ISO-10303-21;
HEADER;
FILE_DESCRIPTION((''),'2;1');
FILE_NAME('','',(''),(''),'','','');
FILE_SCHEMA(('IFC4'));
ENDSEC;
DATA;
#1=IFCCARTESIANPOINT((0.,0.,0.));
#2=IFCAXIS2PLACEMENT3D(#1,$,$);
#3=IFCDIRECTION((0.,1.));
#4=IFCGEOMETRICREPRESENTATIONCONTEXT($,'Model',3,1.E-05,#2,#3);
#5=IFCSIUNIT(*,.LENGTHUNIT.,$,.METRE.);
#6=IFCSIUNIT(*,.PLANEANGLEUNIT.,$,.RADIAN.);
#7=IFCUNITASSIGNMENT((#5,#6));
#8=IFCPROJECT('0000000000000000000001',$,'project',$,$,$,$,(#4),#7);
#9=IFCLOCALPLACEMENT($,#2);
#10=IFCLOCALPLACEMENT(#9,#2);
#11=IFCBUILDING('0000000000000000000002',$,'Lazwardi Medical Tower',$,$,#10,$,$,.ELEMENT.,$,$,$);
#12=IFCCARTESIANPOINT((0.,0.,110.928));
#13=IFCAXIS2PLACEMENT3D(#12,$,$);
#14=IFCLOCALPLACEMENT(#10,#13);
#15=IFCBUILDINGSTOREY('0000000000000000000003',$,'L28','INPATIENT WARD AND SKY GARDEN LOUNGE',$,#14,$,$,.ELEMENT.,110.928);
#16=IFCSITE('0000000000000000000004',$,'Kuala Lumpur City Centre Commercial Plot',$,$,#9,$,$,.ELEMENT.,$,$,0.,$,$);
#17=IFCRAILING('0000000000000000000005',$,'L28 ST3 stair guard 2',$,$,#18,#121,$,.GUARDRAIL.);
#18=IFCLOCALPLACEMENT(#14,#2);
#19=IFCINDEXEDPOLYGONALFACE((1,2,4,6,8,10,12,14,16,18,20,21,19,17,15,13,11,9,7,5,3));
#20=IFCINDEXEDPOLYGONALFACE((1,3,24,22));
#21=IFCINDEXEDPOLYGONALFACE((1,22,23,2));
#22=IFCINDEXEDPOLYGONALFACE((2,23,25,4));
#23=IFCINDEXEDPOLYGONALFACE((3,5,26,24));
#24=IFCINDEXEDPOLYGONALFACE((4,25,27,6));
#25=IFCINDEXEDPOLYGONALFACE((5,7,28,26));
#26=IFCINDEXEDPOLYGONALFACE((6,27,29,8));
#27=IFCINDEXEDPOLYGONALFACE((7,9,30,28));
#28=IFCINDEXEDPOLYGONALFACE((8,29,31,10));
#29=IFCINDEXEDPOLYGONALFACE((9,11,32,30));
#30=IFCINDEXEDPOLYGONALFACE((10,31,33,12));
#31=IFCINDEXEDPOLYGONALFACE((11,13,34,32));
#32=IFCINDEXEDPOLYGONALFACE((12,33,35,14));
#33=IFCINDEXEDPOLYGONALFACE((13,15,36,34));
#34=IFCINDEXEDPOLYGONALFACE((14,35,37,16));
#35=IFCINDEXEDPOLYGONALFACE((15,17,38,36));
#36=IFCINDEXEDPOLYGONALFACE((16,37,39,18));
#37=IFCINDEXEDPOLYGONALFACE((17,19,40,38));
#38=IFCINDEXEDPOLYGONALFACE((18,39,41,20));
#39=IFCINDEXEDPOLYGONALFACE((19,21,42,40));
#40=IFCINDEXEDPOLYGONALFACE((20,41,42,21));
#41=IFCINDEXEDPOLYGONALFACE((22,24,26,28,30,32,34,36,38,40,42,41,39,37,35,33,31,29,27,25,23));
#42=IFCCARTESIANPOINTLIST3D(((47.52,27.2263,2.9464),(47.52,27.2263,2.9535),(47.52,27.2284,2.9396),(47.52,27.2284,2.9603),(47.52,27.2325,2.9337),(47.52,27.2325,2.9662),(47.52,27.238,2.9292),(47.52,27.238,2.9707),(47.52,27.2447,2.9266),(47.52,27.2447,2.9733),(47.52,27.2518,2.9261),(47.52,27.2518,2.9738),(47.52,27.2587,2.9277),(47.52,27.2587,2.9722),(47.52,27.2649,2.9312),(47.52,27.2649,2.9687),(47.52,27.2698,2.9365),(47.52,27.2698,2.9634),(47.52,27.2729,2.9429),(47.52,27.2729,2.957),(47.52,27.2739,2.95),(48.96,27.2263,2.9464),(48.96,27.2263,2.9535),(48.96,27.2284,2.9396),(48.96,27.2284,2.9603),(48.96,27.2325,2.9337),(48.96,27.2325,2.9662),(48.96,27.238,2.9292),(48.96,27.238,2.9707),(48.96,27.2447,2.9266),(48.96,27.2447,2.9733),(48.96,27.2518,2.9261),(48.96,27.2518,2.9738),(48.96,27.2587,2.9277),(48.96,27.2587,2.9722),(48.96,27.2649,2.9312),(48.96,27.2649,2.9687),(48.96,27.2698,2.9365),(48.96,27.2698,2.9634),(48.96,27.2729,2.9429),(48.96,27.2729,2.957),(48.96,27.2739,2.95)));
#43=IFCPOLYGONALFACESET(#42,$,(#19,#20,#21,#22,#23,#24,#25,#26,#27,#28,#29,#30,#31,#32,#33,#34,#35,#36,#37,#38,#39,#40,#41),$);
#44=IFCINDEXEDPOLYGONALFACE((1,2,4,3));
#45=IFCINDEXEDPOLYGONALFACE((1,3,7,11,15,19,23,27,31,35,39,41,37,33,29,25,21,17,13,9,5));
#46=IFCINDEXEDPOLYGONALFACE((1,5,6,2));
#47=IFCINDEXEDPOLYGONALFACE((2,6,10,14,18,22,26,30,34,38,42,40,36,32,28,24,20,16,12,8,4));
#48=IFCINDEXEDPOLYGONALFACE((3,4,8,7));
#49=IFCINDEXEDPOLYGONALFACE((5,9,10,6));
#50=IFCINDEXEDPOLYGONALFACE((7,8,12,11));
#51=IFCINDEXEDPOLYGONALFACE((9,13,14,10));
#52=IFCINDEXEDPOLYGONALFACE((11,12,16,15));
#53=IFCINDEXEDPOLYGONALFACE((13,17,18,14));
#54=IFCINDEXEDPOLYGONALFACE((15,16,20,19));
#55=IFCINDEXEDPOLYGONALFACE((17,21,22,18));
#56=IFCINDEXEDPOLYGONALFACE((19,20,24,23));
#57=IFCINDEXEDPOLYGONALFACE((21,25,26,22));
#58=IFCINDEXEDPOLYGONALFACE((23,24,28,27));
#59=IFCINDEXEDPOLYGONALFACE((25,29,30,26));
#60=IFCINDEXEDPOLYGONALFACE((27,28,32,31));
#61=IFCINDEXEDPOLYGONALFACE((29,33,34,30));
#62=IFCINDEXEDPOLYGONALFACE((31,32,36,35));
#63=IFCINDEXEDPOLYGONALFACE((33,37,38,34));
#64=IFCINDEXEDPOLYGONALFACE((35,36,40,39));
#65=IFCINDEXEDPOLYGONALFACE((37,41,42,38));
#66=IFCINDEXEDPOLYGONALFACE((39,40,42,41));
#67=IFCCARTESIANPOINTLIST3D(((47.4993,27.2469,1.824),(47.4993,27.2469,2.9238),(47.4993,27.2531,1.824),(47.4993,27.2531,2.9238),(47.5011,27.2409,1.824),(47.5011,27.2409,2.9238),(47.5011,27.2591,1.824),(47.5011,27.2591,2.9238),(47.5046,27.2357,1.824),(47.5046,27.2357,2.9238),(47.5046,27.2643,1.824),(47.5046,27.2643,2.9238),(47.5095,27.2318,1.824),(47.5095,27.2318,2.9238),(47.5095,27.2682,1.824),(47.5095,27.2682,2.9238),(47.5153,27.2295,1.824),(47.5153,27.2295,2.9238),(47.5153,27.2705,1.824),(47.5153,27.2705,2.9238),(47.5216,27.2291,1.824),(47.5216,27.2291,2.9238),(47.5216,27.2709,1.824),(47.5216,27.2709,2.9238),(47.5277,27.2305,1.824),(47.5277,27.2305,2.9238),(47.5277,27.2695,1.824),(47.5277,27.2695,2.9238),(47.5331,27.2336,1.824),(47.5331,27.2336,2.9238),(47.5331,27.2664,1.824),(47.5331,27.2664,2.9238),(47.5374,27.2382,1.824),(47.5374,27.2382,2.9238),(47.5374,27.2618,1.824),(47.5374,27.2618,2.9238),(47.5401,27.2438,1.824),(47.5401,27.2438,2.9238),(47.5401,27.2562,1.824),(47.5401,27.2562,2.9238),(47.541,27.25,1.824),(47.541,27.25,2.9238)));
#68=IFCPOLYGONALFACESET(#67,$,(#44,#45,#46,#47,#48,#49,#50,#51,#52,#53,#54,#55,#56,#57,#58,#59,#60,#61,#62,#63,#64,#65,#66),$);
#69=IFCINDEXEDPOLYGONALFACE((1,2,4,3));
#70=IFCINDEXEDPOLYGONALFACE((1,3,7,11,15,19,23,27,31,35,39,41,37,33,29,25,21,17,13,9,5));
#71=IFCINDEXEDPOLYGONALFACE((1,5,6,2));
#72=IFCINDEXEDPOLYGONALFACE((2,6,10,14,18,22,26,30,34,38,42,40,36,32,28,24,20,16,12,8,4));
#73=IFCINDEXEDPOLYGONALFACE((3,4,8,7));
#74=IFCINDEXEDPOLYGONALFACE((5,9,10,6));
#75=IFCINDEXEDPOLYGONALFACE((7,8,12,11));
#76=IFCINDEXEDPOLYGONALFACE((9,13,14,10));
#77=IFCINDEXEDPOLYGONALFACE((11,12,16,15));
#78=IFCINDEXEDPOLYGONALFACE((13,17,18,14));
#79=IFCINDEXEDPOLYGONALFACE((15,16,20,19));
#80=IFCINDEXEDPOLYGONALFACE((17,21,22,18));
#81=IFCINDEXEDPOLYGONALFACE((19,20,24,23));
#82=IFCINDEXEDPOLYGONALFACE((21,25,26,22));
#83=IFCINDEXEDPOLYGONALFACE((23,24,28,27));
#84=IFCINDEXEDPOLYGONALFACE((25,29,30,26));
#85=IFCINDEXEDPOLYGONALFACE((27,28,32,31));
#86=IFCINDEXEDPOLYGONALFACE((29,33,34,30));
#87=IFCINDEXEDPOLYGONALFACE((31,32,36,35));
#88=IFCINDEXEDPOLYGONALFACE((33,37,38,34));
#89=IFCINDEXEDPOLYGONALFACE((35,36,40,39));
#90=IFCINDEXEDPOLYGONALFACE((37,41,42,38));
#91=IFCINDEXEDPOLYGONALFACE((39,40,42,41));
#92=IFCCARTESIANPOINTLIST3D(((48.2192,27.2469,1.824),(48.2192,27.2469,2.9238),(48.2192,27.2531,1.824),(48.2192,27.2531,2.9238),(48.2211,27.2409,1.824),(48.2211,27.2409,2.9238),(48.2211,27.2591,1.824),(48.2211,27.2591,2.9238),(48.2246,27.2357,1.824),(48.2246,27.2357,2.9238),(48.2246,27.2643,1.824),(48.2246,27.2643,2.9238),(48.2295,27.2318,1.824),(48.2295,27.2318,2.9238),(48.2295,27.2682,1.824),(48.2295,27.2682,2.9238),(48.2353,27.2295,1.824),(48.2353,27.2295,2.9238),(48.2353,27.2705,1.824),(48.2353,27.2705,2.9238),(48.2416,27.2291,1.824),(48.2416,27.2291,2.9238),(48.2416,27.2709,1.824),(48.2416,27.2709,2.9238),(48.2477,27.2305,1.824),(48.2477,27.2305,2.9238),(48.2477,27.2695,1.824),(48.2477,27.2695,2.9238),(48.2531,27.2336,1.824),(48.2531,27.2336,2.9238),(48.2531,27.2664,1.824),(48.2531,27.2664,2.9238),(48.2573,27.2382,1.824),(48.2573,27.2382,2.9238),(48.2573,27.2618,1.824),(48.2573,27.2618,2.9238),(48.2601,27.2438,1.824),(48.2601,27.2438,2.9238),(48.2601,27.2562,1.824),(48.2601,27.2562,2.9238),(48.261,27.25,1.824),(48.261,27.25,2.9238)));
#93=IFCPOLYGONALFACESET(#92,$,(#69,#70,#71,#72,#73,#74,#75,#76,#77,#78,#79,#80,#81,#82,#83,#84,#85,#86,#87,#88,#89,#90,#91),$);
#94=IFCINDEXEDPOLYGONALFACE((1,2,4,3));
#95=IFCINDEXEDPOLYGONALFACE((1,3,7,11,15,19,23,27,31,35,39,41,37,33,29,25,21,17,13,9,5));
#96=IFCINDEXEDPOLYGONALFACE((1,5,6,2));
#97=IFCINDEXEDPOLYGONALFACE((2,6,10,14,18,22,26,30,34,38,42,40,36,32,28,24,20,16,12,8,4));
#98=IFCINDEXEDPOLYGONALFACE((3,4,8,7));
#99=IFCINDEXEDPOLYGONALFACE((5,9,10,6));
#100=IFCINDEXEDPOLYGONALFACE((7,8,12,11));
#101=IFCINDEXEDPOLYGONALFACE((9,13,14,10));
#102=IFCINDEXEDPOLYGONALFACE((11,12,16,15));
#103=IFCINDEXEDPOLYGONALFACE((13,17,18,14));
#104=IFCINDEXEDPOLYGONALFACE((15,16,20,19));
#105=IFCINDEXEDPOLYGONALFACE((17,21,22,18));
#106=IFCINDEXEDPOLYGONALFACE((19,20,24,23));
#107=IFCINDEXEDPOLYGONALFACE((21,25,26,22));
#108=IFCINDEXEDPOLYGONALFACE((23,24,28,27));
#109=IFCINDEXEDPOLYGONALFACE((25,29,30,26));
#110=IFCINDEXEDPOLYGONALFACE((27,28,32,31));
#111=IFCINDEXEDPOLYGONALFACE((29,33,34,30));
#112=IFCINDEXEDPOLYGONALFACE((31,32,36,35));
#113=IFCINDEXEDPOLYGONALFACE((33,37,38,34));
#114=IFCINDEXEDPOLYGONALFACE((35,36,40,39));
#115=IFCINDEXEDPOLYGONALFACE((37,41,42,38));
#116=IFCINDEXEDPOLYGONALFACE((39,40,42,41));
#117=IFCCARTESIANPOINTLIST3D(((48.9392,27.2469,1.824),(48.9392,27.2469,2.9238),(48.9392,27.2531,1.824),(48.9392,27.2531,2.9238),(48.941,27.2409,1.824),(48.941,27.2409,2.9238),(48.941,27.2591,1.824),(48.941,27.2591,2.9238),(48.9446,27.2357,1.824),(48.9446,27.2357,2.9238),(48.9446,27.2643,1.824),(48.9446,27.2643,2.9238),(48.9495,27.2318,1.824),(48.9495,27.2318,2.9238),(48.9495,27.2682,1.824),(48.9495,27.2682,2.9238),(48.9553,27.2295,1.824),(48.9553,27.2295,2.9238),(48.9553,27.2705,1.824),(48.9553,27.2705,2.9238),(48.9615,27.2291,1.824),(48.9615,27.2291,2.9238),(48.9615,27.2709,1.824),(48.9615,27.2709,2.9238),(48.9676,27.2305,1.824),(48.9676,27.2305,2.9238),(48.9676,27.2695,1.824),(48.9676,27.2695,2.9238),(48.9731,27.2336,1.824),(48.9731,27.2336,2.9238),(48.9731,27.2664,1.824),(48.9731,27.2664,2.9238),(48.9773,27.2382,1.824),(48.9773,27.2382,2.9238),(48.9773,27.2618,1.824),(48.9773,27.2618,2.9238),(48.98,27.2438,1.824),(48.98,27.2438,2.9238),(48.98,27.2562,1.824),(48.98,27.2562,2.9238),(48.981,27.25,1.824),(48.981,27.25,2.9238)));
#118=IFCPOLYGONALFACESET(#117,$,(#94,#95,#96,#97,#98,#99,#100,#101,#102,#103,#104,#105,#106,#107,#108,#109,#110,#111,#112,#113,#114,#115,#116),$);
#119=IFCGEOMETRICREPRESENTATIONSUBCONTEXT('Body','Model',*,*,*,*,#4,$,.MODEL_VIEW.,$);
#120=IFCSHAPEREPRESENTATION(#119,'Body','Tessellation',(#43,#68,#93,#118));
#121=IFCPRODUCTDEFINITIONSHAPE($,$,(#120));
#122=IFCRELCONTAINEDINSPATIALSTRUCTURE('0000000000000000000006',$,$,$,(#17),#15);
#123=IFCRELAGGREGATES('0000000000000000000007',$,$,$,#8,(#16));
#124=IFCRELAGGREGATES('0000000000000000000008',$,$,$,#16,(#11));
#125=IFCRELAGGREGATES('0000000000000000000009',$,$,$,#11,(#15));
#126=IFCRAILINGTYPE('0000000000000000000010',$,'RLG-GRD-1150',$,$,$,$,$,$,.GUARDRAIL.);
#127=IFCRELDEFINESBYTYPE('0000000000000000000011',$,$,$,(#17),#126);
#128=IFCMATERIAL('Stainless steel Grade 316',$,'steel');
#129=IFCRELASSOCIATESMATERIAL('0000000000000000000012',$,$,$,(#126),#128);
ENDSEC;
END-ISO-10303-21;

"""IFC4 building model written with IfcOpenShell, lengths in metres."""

from ifc_helpers import new_model, si_unit, direction, frame, origin, origin_2d, place, context, subcontext, project, spatial, circle, extrude, material, type_object, element, save


model = new_model("IFC4")

# Units and contexts
model_context = context("Model", 3, precision=1e-05, world=origin(), true_north=direction((0.0, 1.0)))
body_context = subcontext(model_context, "Body", "Model", "MODEL_VIEW")
ifc_project = project(units=[si_unit("LENGTHUNIT", "METRE"), si_unit("PLANEANGLEUNIT", "RADIAN")], contexts=[model_context])

# Site, building, storey
site_placement = place(None, origin())
site = spatial("IfcSite", under=ifc_project, at=site_placement, Name="Kuala Lumpur City Centre Commercial Plot", CompositionType="ELEMENT", RefElevation=0.0)
building_placement = place(site_placement, origin())
building = spatial("IfcBuilding", under=site, at=building_placement, Name="Lazwardi Medical Tower", CompositionType="ELEMENT")
storey_placement = place(building_placement, frame((0.0, 0.0, 110.928)))
storey = spatial("IfcBuildingStorey", under=building, at=storey_placement, Name="L28", Description="INPATIENT WARD AND SKY GARDEN LOUNGE", CompositionType="ELEMENT", Elevation=110.928)

# Railing
ifc_material_1 = material(Name="Stainless steel Grade 316", Category="steel")
railing_type_1 = type_object("IfcRailingType", Name="RLG-GRD-1150", PredefinedType="GUARDRAIL", material=ifc_material_1)
railing_1_placement = place(storey_placement, frame((47.52, 27.25, 1.824)))
element("IfcRailing", 1, at=railing_1_placement, inside=storey, type_object=railing_type_1, Name="L28 ST3 stair guard 2", PredefinedType="GUARDRAIL", context=body_context, shape_type="SweptSolid", body=[
    extrude(circle(Radius=0.0239, at=origin_2d()), frame((0.0, 0.0, 1.126), z_axis=(1.0, 0.0, 0.0), x_axis=(0.0, 1.0, 0.0)), (0.0, 0.0, 1.0), 1.4399),
    extrude(circle(Radius=0.021, at=origin_2d()), origin(), (0.0, 0.0, 1.0), 1.0999),
    extrude(circle(Radius=0.021, at=origin_2d()), frame((0.72, 0.0, 0.0)), (0.0, 0.0, 1.0), 1.0999),
    extrude(circle(Radius=0.021, at=origin_2d()), frame((1.4399, 0.0, 0.0)), (0.0, 0.0, 1.0), 1.0999),
])

save(model, "model.ifc")
